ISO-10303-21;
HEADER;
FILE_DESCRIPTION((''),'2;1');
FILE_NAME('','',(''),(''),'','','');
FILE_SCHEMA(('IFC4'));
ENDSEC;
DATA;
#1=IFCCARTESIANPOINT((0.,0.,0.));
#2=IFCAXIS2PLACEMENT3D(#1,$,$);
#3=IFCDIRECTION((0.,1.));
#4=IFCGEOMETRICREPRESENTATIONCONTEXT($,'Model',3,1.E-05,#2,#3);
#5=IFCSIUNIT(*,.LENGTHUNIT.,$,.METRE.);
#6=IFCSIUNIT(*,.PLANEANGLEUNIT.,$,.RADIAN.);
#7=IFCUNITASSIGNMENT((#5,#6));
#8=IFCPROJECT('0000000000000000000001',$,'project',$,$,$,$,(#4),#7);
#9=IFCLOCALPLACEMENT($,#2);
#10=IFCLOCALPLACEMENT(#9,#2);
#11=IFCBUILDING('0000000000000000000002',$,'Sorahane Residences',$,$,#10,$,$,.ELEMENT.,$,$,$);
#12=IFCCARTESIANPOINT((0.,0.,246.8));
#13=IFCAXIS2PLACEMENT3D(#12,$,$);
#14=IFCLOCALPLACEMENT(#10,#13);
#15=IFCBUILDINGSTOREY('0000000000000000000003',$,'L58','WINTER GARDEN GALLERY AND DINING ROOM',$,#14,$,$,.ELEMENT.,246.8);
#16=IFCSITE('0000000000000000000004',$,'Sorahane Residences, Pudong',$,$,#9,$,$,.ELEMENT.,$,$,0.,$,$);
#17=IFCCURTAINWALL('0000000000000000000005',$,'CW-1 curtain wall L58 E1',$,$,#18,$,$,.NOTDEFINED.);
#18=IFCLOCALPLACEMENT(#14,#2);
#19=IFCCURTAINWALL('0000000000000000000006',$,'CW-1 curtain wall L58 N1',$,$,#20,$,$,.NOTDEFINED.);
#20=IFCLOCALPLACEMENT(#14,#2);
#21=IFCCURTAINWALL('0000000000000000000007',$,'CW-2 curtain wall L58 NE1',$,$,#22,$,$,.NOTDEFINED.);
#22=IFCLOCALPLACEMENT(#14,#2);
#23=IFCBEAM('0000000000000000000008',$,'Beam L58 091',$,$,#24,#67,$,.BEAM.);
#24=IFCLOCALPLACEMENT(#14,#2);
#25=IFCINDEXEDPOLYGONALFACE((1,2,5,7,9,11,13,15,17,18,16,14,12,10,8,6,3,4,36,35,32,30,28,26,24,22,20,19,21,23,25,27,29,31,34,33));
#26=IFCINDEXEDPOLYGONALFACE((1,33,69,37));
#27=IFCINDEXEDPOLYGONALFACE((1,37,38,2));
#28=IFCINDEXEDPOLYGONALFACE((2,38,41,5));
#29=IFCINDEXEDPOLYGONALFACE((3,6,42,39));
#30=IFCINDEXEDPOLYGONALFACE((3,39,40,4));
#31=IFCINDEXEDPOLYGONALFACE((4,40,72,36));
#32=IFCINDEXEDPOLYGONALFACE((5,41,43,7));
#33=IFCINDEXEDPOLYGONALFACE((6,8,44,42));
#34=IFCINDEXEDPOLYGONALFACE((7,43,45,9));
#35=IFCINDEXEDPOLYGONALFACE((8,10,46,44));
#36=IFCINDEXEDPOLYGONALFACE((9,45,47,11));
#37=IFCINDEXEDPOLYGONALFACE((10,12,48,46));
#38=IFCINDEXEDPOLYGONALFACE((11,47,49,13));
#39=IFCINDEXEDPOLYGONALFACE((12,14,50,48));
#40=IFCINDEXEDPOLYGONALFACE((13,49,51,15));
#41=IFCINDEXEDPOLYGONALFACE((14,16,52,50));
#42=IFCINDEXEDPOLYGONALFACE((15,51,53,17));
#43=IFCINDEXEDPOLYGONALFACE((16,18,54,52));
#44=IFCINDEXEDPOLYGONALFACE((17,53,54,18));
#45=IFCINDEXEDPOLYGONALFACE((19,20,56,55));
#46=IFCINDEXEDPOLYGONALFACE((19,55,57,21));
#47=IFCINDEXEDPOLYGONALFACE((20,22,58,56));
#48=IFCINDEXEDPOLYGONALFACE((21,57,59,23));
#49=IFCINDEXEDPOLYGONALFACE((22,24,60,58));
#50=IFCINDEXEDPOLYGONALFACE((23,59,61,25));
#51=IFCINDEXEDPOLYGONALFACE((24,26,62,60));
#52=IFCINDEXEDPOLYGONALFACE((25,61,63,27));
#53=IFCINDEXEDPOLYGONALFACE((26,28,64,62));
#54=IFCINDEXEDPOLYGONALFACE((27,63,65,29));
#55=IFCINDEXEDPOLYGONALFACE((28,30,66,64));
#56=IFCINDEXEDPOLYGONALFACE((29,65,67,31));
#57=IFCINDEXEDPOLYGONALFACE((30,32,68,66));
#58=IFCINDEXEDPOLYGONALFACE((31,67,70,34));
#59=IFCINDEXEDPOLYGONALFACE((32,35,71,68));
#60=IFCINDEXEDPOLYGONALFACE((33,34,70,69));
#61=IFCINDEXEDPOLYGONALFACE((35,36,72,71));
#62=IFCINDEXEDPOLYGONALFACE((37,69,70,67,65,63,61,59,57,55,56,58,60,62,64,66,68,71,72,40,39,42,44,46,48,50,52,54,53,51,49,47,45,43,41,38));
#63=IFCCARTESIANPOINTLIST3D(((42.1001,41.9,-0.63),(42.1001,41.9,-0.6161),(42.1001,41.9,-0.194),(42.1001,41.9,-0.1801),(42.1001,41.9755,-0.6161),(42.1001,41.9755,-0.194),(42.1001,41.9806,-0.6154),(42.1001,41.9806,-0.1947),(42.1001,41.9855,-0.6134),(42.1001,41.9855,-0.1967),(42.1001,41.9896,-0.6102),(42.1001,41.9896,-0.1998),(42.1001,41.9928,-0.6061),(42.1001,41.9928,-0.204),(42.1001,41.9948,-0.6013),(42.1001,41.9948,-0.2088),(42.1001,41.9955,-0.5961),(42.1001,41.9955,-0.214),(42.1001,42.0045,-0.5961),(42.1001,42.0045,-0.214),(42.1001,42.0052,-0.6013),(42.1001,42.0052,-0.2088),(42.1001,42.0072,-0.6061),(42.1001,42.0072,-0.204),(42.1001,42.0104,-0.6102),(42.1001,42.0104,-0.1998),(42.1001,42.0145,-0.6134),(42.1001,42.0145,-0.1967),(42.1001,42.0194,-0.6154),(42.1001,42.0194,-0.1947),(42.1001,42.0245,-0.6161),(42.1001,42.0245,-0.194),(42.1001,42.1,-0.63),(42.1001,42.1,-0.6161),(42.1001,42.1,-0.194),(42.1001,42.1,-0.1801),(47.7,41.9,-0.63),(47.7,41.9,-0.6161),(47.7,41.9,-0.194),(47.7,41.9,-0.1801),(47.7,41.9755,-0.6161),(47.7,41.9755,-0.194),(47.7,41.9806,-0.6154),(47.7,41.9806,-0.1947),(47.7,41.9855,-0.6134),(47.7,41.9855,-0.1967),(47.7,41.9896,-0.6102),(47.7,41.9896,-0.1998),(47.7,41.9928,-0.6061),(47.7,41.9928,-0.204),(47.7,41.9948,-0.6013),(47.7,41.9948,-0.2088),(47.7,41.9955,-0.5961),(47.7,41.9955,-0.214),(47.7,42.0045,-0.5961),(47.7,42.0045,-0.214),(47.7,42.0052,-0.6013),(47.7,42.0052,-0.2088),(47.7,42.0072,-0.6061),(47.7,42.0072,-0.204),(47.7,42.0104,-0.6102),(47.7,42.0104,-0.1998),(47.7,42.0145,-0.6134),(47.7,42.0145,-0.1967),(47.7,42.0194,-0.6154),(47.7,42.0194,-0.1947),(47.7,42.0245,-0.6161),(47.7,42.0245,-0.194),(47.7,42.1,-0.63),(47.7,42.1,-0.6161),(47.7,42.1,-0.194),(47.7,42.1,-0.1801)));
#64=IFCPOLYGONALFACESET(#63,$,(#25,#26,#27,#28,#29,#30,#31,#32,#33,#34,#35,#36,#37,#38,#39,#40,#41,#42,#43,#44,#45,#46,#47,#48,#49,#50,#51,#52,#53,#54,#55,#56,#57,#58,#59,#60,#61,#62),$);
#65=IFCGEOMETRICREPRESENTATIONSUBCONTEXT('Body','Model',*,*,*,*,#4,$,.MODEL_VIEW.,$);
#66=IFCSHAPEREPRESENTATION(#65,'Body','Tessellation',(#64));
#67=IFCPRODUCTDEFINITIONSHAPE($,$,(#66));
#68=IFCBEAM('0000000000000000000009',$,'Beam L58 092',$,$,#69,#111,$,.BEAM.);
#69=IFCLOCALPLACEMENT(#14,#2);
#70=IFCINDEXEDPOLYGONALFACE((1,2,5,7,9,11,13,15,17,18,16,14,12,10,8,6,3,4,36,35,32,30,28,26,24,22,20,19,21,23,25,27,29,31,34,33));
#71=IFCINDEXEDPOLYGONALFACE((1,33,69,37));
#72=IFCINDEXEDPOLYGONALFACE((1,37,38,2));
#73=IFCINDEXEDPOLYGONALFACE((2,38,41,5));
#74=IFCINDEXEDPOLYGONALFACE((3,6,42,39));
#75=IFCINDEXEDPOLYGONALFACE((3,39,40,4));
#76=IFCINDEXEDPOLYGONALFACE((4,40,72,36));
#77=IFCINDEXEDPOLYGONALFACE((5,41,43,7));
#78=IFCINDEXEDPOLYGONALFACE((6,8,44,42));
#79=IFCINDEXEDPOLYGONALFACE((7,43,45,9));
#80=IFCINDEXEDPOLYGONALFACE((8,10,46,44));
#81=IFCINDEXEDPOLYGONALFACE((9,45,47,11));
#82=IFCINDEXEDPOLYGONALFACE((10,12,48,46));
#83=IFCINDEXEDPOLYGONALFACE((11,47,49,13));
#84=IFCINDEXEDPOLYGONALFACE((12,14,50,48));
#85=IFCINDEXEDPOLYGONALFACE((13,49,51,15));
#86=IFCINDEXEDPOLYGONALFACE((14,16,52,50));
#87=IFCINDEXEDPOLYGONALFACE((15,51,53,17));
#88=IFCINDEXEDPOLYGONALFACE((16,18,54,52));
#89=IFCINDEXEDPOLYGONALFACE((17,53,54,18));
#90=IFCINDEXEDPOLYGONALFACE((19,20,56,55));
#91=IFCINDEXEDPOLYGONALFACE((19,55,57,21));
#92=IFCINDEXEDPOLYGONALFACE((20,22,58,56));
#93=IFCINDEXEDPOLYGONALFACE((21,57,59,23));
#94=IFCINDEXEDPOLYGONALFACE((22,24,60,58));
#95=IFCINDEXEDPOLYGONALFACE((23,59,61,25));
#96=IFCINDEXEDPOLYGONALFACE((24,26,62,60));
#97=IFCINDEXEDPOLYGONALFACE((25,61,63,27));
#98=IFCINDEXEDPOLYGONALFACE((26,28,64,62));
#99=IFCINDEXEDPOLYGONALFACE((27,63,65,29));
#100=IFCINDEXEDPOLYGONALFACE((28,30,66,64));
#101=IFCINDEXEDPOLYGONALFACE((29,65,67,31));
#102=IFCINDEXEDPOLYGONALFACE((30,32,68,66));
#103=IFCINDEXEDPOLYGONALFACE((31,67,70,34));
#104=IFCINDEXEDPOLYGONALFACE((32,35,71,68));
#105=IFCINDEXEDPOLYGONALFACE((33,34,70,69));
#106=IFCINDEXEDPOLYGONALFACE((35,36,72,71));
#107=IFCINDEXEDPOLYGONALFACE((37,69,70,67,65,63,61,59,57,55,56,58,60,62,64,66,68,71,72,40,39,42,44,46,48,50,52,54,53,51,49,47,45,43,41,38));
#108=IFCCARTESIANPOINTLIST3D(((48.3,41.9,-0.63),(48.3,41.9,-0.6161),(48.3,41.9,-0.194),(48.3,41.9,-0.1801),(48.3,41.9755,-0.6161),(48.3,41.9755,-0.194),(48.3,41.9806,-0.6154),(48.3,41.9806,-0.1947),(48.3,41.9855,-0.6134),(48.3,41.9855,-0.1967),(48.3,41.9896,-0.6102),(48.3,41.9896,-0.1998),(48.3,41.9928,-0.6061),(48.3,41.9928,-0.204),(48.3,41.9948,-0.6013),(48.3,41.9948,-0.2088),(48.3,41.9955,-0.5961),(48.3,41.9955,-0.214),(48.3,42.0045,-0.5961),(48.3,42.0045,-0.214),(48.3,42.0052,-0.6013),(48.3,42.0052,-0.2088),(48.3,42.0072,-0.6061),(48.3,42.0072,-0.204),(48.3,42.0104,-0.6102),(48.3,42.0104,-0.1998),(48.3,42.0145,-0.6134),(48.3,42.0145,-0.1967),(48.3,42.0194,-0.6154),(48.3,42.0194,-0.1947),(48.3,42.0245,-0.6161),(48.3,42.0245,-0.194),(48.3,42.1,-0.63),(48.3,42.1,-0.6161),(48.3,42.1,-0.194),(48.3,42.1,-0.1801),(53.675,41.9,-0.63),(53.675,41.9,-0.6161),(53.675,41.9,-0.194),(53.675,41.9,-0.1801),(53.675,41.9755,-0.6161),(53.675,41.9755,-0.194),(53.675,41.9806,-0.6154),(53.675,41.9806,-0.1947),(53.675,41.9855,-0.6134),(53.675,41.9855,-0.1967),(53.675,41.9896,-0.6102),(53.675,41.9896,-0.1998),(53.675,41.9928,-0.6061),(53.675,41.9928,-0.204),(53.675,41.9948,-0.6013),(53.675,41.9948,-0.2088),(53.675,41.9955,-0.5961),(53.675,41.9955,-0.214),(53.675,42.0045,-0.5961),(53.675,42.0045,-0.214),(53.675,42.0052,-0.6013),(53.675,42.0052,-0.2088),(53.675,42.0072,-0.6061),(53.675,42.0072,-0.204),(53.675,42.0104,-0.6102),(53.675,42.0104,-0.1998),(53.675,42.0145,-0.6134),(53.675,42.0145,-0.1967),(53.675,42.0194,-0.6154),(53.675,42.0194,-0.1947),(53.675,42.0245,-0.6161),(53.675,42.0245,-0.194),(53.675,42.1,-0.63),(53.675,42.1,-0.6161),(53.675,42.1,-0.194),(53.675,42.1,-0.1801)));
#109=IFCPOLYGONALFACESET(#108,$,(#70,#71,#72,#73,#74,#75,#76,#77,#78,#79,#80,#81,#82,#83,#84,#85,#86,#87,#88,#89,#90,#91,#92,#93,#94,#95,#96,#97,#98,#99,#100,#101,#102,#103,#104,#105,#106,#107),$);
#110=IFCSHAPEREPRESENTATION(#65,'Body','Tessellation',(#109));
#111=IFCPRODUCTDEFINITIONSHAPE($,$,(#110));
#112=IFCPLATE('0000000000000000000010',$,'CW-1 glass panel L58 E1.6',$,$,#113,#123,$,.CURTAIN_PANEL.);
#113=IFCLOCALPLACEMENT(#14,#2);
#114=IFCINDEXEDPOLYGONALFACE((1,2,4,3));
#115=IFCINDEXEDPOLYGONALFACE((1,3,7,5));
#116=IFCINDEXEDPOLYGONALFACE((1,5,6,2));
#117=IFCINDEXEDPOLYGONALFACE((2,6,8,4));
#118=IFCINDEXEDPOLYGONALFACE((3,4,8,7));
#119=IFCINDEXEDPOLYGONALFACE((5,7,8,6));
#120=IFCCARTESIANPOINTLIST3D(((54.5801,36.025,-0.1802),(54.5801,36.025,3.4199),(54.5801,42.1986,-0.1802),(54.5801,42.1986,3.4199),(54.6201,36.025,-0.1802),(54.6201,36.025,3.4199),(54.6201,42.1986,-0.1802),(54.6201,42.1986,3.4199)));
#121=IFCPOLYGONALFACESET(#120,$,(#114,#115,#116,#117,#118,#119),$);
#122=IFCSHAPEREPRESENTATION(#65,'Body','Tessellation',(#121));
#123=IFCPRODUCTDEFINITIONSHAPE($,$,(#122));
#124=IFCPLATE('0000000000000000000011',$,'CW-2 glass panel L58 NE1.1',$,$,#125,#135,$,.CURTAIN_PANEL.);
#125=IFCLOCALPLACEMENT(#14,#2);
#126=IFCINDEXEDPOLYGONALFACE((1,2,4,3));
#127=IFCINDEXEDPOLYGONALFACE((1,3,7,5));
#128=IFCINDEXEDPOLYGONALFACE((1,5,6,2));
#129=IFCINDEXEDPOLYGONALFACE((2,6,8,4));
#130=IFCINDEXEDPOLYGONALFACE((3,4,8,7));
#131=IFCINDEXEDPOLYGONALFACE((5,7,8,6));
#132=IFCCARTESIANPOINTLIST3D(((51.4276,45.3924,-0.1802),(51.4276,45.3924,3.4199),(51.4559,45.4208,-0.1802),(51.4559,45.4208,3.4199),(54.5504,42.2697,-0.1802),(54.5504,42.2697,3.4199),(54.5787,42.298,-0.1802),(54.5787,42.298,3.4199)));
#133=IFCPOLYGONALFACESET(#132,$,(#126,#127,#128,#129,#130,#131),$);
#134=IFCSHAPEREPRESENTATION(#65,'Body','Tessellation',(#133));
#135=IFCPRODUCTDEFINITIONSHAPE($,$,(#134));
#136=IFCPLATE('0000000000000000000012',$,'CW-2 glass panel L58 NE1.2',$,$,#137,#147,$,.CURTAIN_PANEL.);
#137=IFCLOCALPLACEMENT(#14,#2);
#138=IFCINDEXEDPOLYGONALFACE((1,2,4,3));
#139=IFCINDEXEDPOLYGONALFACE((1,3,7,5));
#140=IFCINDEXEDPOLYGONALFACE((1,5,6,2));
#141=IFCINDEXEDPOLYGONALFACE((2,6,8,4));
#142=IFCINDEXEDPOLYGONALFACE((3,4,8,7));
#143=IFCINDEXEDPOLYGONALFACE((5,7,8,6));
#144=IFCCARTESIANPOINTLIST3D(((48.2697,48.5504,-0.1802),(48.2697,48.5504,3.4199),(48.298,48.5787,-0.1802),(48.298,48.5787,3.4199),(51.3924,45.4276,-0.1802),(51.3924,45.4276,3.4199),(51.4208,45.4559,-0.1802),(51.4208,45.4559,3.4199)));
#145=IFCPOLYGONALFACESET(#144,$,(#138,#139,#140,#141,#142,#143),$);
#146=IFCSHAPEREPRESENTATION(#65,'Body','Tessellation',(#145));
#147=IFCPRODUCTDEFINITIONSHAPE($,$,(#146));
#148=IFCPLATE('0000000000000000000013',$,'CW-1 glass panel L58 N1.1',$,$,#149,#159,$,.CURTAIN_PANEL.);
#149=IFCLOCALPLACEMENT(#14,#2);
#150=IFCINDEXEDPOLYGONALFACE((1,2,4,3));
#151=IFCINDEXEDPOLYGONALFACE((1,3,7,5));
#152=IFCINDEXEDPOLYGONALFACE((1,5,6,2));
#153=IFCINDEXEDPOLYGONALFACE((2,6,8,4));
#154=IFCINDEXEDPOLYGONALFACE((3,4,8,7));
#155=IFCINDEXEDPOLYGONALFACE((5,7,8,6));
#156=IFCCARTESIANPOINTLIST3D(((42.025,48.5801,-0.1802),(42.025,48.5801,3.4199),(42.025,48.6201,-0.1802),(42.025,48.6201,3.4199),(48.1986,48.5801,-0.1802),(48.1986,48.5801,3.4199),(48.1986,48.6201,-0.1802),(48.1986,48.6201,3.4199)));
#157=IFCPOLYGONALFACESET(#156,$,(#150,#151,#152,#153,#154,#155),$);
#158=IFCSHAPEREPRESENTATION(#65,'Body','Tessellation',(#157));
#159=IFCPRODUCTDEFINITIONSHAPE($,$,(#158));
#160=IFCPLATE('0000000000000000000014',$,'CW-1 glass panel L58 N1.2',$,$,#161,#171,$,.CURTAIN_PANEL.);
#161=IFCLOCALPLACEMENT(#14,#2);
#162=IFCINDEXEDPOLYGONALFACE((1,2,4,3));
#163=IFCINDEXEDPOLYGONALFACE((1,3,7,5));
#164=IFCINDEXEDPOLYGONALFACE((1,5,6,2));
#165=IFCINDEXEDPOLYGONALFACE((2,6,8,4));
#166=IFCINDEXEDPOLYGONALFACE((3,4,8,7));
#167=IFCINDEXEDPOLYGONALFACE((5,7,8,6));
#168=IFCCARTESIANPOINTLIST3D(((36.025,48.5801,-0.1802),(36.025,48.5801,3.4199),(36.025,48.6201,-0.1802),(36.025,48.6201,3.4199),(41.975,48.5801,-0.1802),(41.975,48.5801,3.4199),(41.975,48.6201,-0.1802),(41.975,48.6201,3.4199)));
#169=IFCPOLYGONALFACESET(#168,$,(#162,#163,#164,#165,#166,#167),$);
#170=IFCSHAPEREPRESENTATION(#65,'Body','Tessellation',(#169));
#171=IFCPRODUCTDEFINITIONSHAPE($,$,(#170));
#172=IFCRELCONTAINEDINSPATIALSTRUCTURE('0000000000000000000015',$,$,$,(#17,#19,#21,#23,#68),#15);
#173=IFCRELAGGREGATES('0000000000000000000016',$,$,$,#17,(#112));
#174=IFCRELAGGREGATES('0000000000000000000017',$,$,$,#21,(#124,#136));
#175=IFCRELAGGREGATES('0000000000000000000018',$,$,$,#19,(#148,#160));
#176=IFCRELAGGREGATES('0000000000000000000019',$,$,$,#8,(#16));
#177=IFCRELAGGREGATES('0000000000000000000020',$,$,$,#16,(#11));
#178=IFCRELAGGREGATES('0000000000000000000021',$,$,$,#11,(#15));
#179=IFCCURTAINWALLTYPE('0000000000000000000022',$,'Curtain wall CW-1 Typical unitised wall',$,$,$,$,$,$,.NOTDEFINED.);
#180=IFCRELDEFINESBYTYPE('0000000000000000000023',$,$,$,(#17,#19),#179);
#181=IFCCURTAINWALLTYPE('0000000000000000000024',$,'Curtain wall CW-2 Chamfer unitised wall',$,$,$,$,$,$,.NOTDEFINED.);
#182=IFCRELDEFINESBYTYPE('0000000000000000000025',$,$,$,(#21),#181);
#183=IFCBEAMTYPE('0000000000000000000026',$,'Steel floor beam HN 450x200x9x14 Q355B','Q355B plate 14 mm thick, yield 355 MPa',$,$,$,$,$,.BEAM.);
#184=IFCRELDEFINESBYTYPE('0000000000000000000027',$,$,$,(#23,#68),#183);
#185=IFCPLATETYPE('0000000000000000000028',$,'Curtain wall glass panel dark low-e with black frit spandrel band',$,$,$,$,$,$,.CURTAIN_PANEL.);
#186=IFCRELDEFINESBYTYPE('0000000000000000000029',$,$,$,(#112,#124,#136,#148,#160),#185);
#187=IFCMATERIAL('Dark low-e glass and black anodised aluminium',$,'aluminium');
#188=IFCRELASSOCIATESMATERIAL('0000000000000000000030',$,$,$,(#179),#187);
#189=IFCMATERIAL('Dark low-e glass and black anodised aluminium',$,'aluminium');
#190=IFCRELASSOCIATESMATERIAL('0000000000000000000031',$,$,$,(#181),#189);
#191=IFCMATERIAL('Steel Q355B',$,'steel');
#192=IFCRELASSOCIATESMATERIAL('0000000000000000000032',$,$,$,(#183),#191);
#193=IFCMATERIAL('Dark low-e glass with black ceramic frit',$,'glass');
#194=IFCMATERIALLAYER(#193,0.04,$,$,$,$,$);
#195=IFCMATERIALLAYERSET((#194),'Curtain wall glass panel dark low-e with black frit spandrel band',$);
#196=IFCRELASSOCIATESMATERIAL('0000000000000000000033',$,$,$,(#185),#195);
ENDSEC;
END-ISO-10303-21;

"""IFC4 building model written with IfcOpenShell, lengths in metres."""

from ifc_helpers import new_model, si_unit, direction, frame, origin, origin_2d, place, context, subcontext, project, spatial, rectangle, i_section, extrude, material, layer, layer_set, material_profile, profile_set, type_object, element, aggregate, save


model = new_model("IFC4")

# Units and contexts
model_context = context("Model", 3, precision=1e-05, world=origin(), true_north=direction((0.0, 1.0)))
body_context = subcontext(model_context, "Body", "Model", "MODEL_VIEW")
ifc_project = project(units=[si_unit("LENGTHUNIT", "METRE"), si_unit("PLANEANGLEUNIT", "RADIAN")], contexts=[model_context])

# Site, building, storey
site_placement = place(None, origin())
site = spatial("IfcSite", under=ifc_project, at=site_placement, Name="Sorahane Residences, Pudong", CompositionType="ELEMENT", RefElevation=0.0)
building_placement = place(site_placement, origin())
building = spatial("IfcBuilding", under=site, at=building_placement, Name="Sorahane Residences", CompositionType="ELEMENT")
storey_placement = place(building_placement, frame((0.0, 0.0, 246.8)))
storey = spatial("IfcBuildingStorey", under=building, at=storey_placement, Name="L58", Description="WINTER GARDEN GALLERY AND DINING ROOM", CompositionType="ELEMENT", Elevation=246.8)

# Curtain walls
ifc_material_1 = material(Name="Dark low-e glass and black anodised aluminium", Category="aluminium")
curtain_wall_type_1 = type_object("IfcCurtainWallType", Name="Curtain wall CW-1 Typical unitised wall", PredefinedType="NOTDEFINED", material=ifc_material_1)
curtain_wall_1_placement = place(storey_placement, origin())
curtain_wall_1 = element("IfcCurtainWall", 1, at=curtain_wall_1_placement, inside=storey, type_object=curtain_wall_type_1, Name="CW-1 curtain wall L58 E1", PredefinedType="NOTDEFINED")
curtain_wall_2_placement = place(storey_placement, origin())
curtain_wall_2 = element("IfcCurtainWall", 2, at=curtain_wall_2_placement, inside=storey, type_object=curtain_wall_type_1, Name="CW-1 curtain wall L58 N1", PredefinedType="NOTDEFINED")

# Curtain wall
ifc_material_2 = material(Name="Dark low-e glass and black anodised aluminium", Category="aluminium")
curtain_wall_type_2 = type_object("IfcCurtainWallType", Name="Curtain wall CW-2 Chamfer unitised wall", PredefinedType="NOTDEFINED", material=ifc_material_2)
curtain_wall_3_placement = place(storey_placement, origin())
curtain_wall_3 = element("IfcCurtainWall", 3, at=curtain_wall_3_placement, inside=storey, type_object=curtain_wall_type_2, Name="CW-2 curtain wall L58 NE1", PredefinedType="NOTDEFINED")

# Beams
ifc_material_3 = material(Name="Steel Q355B", Category="steel")
ifc_material_profile_1 = material_profile(ifc_material_3, i_section(OverallWidth=0.2, OverallDepth=0.45, WebThickness=0.009, FlangeThickness=0.0139, FilletRadius=0.02, at=origin_2d()), Name="HN 450x200x9x14")
ifc_profile_set_1 = profile_set([ifc_material_profile_1], Name="Steel Q355B")
beam_type_1 = type_object("IfcBeamType", Name="Steel floor beam HN 450x200x9x14 Q355B", Description="Q355B plate 14 mm thick, yield 355 MPa", PredefinedType="BEAM", material=ifc_profile_set_1)
beam_1_placement = place(storey_placement, frame((42.1001, 42.0, -0.405), z_axis=(1.0, 0.0, 0.0), x_axis=(0.0, 1.0, 0.0)))
element("IfcBeam", 4, at=beam_1_placement, inside=storey, type_object=beam_type_1, Name="Beam L58 091", PredefinedType="BEAM", context=body_context, shape_type="SweptSolid", body=[
    extrude(i_section(OverallWidth=0.2, OverallDepth=0.45, WebThickness=0.009, FlangeThickness=0.0139, FilletRadius=0.02, at=origin_2d()), origin(), (0.0, 0.0, 1.0), 5.5999),
])
beam_2_placement = place(storey_placement, frame((48.3, 42.0, -0.405), z_axis=(1.0, 0.0, 0.0), x_axis=(0.0, 1.0, 0.0)))
element("IfcBeam", 5, at=beam_2_placement, inside=storey, type_object=beam_type_1, Name="Beam L58 092", PredefinedType="BEAM", context=body_context, shape_type="SweptSolid", body=[
    extrude(i_section(OverallWidth=0.2, OverallDepth=0.45, WebThickness=0.009, FlangeThickness=0.0139, FilletRadius=0.02, at=origin_2d()), origin(), (0.0, 0.0, 1.0), 5.375),
])

# Plates
ifc_material_4 = material(Name="Dark low-e glass with black ceramic frit", Category="glass")
ifc_layer_1 = layer(ifc_material_4, 0.04)
ifc_layer_set_1 = layer_set([ifc_layer_1], Name="Curtain wall glass panel dark low-e with black frit spandrel band")
plate_type = type_object("IfcPlateType", Name="Curtain wall glass panel dark low-e with black frit spandrel band", PredefinedType="CURTAIN_PANEL", material=ifc_layer_set_1)
plate_1_placement = place(storey_placement, frame((54.6001, 39.1118, -0.1802), z_axis=(0.0, 0.0, 1.0), x_axis=(0.0, 1.0, 0.0)))
plate_1 = element("IfcPlate", 6, at=plate_1_placement, type_object=plate_type, Name="CW-1 glass panel L58 E1.6", PredefinedType="CURTAIN_PANEL", context=body_context, shape_type="SweptSolid", body=[
    extrude(rectangle(XDim=6.1736, YDim=0.04, at=origin_2d()), origin(), (0.0, 0.0, 1.0), 3.6001),
])
aggregate(curtain_wall_1, [plate_1])
plate_2_placement = place(storey_placement, frame((53.0032, 43.8452, -0.1802), z_axis=(0.0, 0.0, 1.0), x_axis=(-0.707107, 0.707107, 0.0)))
plate_2 = element("IfcPlate", 7, at=plate_2_placement, type_object=plate_type, Name="CW-2 glass panel L58 NE1.1", PredefinedType="CURTAIN_PANEL", context=body_context, shape_type="SweptSolid", body=[
    extrude(rectangle(XDim=4.4163, YDim=0.04, at=origin_2d()), origin(), (0.0, 0.0, 1.0), 3.6001),
])
plate_3_placement = place(storey_placement, frame((49.8452, 47.0032, -0.1802), z_axis=(0.0, 0.0, 1.0), x_axis=(-0.707107, 0.707107, 0.0)))
plate_3 = element("IfcPlate", 8, at=plate_3_placement, type_object=plate_type, Name="CW-2 glass panel L58 NE1.2", PredefinedType="CURTAIN_PANEL", context=body_context, shape_type="SweptSolid", body=[
    extrude(rectangle(XDim=4.4163, YDim=0.04, at=origin_2d()), origin(), (0.0, 0.0, 1.0), 3.6001),
])
aggregate(curtain_wall_3, [plate_2, plate_3])
plate_4_placement = place(storey_placement, frame((45.1118, 48.6001, -0.1802), z_axis=(0.0, 0.0, 1.0), x_axis=(-1.0, 0.0, 0.0)))
plate_4 = element("IfcPlate", 9, at=plate_4_placement, type_object=plate_type, Name="CW-1 glass panel L58 N1.1", PredefinedType="CURTAIN_PANEL", context=body_context, shape_type="SweptSolid", body=[
    extrude(rectangle(XDim=6.1736, YDim=0.04, at=origin_2d()), origin(), (0.0, 0.0, 1.0), 3.6001),
])
plate_5_placement = place(storey_placement, frame((39.0, 48.6001, -0.1802), z_axis=(0.0, 0.0, 1.0), x_axis=(-1.0, 0.0, 0.0)))
plate_5 = element("IfcPlate", 10, at=plate_5_placement, type_object=plate_type, Name="CW-1 glass panel L58 N1.2", PredefinedType="CURTAIN_PANEL", context=body_context, shape_type="SweptSolid", body=[
    extrude(rectangle(XDim=5.95, YDim=0.04, at=origin_2d()), origin(), (0.0, 0.0, 1.0), 3.6001),
])
aggregate(curtain_wall_2, [plate_4, plate_5])

save(model, "model.ifc")
